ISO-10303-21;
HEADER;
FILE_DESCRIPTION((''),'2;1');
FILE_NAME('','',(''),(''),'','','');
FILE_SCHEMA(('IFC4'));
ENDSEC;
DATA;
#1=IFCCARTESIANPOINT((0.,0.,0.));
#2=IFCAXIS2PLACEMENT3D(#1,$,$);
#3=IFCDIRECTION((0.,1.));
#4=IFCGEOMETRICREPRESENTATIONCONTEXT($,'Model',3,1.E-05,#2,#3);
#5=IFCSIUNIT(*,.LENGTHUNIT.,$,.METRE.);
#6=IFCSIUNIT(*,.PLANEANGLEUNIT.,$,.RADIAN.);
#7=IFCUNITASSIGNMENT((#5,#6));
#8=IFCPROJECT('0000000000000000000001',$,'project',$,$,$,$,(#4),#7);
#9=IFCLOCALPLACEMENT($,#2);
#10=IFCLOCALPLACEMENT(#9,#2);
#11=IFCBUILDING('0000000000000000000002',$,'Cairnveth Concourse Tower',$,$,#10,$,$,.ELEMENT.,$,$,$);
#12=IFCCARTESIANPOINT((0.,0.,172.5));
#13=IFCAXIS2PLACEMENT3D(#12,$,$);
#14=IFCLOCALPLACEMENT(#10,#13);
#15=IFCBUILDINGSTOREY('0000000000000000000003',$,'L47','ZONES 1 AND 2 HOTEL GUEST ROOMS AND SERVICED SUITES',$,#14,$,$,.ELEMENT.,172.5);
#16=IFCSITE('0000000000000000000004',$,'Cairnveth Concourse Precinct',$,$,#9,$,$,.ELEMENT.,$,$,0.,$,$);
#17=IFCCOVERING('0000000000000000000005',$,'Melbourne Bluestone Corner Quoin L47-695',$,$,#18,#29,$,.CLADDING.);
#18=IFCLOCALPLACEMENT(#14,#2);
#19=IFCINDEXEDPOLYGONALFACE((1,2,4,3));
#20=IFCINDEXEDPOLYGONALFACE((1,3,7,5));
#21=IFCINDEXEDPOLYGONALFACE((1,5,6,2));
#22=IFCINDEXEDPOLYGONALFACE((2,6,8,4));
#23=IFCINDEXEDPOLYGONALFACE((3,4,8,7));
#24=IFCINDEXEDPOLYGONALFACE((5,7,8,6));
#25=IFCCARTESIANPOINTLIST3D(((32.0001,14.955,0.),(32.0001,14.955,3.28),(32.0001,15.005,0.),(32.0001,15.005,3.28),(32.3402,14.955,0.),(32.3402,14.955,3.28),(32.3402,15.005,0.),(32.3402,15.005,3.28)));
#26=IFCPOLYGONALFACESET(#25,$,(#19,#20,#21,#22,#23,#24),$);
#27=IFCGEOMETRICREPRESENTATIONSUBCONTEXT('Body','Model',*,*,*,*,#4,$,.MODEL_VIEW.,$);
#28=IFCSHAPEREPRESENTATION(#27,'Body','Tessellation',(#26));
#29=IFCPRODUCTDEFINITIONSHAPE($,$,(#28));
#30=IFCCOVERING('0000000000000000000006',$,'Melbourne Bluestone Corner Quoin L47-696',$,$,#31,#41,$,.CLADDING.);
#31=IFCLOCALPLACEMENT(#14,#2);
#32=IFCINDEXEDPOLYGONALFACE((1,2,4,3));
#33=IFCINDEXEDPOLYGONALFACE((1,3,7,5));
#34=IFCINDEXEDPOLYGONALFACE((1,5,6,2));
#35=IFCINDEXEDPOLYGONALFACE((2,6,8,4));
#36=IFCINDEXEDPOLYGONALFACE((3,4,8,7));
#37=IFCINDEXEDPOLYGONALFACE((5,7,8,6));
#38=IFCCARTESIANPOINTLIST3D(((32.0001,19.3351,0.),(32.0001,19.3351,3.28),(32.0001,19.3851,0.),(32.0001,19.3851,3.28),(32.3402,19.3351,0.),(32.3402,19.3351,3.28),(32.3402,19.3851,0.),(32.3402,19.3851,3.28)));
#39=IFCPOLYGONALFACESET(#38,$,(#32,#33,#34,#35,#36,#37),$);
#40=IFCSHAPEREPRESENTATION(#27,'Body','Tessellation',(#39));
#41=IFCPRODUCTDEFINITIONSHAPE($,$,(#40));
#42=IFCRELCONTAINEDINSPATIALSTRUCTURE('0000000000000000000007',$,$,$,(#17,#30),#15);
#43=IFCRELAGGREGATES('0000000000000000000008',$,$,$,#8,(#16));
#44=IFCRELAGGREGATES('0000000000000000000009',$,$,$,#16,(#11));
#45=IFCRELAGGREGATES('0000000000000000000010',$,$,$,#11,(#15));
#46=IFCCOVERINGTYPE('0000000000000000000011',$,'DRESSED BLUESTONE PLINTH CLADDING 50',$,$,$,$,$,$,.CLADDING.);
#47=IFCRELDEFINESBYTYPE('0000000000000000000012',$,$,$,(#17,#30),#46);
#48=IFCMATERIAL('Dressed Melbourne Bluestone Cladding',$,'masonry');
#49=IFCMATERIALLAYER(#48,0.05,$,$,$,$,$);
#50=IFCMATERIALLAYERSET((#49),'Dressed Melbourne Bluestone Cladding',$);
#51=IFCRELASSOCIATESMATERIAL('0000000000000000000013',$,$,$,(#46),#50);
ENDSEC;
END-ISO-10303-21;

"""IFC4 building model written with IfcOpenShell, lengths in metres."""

from ifc_helpers import new_model, si_unit, direction, frame, frame_2d, origin, place, context, subcontext, project, spatial, rectangle, extrude, material, layer, layer_set, type_object, element, save


model = new_model("IFC4")

# Units and contexts
model_context = context("Model", 3, precision=1e-05, world=origin(), true_north=direction((0.0, 1.0)))
body_context = subcontext(model_context, "Body", "Model", "MODEL_VIEW")
ifc_project = project(units=[si_unit("LENGTHUNIT", "METRE"), si_unit("PLANEANGLEUNIT", "RADIAN")], contexts=[model_context])

# Site, building, storey
site_placement = place(None, origin())
site = spatial("IfcSite", under=ifc_project, at=site_placement, Name="Cairnveth Concourse Precinct", CompositionType="ELEMENT", RefElevation=0.0)
building_placement = place(site_placement, origin())
building = spatial("IfcBuilding", under=site, at=building_placement, Name="Cairnveth Concourse Tower", CompositionType="ELEMENT")
storey_placement = place(building_placement, frame((0.0, 0.0, 172.5)))
storey = spatial("IfcBuildingStorey", under=building, at=storey_placement, Name="L47", Description="ZONES 1 AND 2 HOTEL GUEST ROOMS AND SERVICED SUITES", CompositionType="ELEMENT", Elevation=172.5)

# Coverings
ifc_material_1 = material(Name="Dressed Melbourne Bluestone Cladding", Category="masonry")
ifc_layer_1 = layer(ifc_material_1, 0.05)
ifc_layer_set_1 = layer_set([ifc_layer_1], Name="Dressed Melbourne Bluestone Cladding")
covering_type = type_object("IfcCoveringType", Name="DRESSED BLUESTONE PLINTH CLADDING 50", PredefinedType="CLADDING", material=ifc_layer_set_1)
for number, where, z_axis, x_axis, name in (
    (1, (32.3401, 14.98, 0.0), (0.0, 0.0, 1.0), (-1.0, 0.0, 0.0), "Melbourne Bluestone Corner Quoin L47-695"),
    (2, (32.3401, 19.3601, 0.0), (0.0, 0.0, 1.0), (-1.0, 0.0, 0.0), "Melbourne Bluestone Corner Quoin L47-696"),
):
    element("IfcCovering", number, at=place(storey_placement, frame(where, z_axis=z_axis, x_axis=x_axis)), inside=storey, type_object=covering_type, Name=name, PredefinedType="CLADDING", context=body_context, shape_type="SweptSolid", body=[
        extrude(rectangle(XDim=0.3401, YDim=0.05, at=frame_2d((0.1699, 0.0))), origin(), (0.0, 0.0, 1.0), 3.28),
    ])

save(model, "model.ifc")
